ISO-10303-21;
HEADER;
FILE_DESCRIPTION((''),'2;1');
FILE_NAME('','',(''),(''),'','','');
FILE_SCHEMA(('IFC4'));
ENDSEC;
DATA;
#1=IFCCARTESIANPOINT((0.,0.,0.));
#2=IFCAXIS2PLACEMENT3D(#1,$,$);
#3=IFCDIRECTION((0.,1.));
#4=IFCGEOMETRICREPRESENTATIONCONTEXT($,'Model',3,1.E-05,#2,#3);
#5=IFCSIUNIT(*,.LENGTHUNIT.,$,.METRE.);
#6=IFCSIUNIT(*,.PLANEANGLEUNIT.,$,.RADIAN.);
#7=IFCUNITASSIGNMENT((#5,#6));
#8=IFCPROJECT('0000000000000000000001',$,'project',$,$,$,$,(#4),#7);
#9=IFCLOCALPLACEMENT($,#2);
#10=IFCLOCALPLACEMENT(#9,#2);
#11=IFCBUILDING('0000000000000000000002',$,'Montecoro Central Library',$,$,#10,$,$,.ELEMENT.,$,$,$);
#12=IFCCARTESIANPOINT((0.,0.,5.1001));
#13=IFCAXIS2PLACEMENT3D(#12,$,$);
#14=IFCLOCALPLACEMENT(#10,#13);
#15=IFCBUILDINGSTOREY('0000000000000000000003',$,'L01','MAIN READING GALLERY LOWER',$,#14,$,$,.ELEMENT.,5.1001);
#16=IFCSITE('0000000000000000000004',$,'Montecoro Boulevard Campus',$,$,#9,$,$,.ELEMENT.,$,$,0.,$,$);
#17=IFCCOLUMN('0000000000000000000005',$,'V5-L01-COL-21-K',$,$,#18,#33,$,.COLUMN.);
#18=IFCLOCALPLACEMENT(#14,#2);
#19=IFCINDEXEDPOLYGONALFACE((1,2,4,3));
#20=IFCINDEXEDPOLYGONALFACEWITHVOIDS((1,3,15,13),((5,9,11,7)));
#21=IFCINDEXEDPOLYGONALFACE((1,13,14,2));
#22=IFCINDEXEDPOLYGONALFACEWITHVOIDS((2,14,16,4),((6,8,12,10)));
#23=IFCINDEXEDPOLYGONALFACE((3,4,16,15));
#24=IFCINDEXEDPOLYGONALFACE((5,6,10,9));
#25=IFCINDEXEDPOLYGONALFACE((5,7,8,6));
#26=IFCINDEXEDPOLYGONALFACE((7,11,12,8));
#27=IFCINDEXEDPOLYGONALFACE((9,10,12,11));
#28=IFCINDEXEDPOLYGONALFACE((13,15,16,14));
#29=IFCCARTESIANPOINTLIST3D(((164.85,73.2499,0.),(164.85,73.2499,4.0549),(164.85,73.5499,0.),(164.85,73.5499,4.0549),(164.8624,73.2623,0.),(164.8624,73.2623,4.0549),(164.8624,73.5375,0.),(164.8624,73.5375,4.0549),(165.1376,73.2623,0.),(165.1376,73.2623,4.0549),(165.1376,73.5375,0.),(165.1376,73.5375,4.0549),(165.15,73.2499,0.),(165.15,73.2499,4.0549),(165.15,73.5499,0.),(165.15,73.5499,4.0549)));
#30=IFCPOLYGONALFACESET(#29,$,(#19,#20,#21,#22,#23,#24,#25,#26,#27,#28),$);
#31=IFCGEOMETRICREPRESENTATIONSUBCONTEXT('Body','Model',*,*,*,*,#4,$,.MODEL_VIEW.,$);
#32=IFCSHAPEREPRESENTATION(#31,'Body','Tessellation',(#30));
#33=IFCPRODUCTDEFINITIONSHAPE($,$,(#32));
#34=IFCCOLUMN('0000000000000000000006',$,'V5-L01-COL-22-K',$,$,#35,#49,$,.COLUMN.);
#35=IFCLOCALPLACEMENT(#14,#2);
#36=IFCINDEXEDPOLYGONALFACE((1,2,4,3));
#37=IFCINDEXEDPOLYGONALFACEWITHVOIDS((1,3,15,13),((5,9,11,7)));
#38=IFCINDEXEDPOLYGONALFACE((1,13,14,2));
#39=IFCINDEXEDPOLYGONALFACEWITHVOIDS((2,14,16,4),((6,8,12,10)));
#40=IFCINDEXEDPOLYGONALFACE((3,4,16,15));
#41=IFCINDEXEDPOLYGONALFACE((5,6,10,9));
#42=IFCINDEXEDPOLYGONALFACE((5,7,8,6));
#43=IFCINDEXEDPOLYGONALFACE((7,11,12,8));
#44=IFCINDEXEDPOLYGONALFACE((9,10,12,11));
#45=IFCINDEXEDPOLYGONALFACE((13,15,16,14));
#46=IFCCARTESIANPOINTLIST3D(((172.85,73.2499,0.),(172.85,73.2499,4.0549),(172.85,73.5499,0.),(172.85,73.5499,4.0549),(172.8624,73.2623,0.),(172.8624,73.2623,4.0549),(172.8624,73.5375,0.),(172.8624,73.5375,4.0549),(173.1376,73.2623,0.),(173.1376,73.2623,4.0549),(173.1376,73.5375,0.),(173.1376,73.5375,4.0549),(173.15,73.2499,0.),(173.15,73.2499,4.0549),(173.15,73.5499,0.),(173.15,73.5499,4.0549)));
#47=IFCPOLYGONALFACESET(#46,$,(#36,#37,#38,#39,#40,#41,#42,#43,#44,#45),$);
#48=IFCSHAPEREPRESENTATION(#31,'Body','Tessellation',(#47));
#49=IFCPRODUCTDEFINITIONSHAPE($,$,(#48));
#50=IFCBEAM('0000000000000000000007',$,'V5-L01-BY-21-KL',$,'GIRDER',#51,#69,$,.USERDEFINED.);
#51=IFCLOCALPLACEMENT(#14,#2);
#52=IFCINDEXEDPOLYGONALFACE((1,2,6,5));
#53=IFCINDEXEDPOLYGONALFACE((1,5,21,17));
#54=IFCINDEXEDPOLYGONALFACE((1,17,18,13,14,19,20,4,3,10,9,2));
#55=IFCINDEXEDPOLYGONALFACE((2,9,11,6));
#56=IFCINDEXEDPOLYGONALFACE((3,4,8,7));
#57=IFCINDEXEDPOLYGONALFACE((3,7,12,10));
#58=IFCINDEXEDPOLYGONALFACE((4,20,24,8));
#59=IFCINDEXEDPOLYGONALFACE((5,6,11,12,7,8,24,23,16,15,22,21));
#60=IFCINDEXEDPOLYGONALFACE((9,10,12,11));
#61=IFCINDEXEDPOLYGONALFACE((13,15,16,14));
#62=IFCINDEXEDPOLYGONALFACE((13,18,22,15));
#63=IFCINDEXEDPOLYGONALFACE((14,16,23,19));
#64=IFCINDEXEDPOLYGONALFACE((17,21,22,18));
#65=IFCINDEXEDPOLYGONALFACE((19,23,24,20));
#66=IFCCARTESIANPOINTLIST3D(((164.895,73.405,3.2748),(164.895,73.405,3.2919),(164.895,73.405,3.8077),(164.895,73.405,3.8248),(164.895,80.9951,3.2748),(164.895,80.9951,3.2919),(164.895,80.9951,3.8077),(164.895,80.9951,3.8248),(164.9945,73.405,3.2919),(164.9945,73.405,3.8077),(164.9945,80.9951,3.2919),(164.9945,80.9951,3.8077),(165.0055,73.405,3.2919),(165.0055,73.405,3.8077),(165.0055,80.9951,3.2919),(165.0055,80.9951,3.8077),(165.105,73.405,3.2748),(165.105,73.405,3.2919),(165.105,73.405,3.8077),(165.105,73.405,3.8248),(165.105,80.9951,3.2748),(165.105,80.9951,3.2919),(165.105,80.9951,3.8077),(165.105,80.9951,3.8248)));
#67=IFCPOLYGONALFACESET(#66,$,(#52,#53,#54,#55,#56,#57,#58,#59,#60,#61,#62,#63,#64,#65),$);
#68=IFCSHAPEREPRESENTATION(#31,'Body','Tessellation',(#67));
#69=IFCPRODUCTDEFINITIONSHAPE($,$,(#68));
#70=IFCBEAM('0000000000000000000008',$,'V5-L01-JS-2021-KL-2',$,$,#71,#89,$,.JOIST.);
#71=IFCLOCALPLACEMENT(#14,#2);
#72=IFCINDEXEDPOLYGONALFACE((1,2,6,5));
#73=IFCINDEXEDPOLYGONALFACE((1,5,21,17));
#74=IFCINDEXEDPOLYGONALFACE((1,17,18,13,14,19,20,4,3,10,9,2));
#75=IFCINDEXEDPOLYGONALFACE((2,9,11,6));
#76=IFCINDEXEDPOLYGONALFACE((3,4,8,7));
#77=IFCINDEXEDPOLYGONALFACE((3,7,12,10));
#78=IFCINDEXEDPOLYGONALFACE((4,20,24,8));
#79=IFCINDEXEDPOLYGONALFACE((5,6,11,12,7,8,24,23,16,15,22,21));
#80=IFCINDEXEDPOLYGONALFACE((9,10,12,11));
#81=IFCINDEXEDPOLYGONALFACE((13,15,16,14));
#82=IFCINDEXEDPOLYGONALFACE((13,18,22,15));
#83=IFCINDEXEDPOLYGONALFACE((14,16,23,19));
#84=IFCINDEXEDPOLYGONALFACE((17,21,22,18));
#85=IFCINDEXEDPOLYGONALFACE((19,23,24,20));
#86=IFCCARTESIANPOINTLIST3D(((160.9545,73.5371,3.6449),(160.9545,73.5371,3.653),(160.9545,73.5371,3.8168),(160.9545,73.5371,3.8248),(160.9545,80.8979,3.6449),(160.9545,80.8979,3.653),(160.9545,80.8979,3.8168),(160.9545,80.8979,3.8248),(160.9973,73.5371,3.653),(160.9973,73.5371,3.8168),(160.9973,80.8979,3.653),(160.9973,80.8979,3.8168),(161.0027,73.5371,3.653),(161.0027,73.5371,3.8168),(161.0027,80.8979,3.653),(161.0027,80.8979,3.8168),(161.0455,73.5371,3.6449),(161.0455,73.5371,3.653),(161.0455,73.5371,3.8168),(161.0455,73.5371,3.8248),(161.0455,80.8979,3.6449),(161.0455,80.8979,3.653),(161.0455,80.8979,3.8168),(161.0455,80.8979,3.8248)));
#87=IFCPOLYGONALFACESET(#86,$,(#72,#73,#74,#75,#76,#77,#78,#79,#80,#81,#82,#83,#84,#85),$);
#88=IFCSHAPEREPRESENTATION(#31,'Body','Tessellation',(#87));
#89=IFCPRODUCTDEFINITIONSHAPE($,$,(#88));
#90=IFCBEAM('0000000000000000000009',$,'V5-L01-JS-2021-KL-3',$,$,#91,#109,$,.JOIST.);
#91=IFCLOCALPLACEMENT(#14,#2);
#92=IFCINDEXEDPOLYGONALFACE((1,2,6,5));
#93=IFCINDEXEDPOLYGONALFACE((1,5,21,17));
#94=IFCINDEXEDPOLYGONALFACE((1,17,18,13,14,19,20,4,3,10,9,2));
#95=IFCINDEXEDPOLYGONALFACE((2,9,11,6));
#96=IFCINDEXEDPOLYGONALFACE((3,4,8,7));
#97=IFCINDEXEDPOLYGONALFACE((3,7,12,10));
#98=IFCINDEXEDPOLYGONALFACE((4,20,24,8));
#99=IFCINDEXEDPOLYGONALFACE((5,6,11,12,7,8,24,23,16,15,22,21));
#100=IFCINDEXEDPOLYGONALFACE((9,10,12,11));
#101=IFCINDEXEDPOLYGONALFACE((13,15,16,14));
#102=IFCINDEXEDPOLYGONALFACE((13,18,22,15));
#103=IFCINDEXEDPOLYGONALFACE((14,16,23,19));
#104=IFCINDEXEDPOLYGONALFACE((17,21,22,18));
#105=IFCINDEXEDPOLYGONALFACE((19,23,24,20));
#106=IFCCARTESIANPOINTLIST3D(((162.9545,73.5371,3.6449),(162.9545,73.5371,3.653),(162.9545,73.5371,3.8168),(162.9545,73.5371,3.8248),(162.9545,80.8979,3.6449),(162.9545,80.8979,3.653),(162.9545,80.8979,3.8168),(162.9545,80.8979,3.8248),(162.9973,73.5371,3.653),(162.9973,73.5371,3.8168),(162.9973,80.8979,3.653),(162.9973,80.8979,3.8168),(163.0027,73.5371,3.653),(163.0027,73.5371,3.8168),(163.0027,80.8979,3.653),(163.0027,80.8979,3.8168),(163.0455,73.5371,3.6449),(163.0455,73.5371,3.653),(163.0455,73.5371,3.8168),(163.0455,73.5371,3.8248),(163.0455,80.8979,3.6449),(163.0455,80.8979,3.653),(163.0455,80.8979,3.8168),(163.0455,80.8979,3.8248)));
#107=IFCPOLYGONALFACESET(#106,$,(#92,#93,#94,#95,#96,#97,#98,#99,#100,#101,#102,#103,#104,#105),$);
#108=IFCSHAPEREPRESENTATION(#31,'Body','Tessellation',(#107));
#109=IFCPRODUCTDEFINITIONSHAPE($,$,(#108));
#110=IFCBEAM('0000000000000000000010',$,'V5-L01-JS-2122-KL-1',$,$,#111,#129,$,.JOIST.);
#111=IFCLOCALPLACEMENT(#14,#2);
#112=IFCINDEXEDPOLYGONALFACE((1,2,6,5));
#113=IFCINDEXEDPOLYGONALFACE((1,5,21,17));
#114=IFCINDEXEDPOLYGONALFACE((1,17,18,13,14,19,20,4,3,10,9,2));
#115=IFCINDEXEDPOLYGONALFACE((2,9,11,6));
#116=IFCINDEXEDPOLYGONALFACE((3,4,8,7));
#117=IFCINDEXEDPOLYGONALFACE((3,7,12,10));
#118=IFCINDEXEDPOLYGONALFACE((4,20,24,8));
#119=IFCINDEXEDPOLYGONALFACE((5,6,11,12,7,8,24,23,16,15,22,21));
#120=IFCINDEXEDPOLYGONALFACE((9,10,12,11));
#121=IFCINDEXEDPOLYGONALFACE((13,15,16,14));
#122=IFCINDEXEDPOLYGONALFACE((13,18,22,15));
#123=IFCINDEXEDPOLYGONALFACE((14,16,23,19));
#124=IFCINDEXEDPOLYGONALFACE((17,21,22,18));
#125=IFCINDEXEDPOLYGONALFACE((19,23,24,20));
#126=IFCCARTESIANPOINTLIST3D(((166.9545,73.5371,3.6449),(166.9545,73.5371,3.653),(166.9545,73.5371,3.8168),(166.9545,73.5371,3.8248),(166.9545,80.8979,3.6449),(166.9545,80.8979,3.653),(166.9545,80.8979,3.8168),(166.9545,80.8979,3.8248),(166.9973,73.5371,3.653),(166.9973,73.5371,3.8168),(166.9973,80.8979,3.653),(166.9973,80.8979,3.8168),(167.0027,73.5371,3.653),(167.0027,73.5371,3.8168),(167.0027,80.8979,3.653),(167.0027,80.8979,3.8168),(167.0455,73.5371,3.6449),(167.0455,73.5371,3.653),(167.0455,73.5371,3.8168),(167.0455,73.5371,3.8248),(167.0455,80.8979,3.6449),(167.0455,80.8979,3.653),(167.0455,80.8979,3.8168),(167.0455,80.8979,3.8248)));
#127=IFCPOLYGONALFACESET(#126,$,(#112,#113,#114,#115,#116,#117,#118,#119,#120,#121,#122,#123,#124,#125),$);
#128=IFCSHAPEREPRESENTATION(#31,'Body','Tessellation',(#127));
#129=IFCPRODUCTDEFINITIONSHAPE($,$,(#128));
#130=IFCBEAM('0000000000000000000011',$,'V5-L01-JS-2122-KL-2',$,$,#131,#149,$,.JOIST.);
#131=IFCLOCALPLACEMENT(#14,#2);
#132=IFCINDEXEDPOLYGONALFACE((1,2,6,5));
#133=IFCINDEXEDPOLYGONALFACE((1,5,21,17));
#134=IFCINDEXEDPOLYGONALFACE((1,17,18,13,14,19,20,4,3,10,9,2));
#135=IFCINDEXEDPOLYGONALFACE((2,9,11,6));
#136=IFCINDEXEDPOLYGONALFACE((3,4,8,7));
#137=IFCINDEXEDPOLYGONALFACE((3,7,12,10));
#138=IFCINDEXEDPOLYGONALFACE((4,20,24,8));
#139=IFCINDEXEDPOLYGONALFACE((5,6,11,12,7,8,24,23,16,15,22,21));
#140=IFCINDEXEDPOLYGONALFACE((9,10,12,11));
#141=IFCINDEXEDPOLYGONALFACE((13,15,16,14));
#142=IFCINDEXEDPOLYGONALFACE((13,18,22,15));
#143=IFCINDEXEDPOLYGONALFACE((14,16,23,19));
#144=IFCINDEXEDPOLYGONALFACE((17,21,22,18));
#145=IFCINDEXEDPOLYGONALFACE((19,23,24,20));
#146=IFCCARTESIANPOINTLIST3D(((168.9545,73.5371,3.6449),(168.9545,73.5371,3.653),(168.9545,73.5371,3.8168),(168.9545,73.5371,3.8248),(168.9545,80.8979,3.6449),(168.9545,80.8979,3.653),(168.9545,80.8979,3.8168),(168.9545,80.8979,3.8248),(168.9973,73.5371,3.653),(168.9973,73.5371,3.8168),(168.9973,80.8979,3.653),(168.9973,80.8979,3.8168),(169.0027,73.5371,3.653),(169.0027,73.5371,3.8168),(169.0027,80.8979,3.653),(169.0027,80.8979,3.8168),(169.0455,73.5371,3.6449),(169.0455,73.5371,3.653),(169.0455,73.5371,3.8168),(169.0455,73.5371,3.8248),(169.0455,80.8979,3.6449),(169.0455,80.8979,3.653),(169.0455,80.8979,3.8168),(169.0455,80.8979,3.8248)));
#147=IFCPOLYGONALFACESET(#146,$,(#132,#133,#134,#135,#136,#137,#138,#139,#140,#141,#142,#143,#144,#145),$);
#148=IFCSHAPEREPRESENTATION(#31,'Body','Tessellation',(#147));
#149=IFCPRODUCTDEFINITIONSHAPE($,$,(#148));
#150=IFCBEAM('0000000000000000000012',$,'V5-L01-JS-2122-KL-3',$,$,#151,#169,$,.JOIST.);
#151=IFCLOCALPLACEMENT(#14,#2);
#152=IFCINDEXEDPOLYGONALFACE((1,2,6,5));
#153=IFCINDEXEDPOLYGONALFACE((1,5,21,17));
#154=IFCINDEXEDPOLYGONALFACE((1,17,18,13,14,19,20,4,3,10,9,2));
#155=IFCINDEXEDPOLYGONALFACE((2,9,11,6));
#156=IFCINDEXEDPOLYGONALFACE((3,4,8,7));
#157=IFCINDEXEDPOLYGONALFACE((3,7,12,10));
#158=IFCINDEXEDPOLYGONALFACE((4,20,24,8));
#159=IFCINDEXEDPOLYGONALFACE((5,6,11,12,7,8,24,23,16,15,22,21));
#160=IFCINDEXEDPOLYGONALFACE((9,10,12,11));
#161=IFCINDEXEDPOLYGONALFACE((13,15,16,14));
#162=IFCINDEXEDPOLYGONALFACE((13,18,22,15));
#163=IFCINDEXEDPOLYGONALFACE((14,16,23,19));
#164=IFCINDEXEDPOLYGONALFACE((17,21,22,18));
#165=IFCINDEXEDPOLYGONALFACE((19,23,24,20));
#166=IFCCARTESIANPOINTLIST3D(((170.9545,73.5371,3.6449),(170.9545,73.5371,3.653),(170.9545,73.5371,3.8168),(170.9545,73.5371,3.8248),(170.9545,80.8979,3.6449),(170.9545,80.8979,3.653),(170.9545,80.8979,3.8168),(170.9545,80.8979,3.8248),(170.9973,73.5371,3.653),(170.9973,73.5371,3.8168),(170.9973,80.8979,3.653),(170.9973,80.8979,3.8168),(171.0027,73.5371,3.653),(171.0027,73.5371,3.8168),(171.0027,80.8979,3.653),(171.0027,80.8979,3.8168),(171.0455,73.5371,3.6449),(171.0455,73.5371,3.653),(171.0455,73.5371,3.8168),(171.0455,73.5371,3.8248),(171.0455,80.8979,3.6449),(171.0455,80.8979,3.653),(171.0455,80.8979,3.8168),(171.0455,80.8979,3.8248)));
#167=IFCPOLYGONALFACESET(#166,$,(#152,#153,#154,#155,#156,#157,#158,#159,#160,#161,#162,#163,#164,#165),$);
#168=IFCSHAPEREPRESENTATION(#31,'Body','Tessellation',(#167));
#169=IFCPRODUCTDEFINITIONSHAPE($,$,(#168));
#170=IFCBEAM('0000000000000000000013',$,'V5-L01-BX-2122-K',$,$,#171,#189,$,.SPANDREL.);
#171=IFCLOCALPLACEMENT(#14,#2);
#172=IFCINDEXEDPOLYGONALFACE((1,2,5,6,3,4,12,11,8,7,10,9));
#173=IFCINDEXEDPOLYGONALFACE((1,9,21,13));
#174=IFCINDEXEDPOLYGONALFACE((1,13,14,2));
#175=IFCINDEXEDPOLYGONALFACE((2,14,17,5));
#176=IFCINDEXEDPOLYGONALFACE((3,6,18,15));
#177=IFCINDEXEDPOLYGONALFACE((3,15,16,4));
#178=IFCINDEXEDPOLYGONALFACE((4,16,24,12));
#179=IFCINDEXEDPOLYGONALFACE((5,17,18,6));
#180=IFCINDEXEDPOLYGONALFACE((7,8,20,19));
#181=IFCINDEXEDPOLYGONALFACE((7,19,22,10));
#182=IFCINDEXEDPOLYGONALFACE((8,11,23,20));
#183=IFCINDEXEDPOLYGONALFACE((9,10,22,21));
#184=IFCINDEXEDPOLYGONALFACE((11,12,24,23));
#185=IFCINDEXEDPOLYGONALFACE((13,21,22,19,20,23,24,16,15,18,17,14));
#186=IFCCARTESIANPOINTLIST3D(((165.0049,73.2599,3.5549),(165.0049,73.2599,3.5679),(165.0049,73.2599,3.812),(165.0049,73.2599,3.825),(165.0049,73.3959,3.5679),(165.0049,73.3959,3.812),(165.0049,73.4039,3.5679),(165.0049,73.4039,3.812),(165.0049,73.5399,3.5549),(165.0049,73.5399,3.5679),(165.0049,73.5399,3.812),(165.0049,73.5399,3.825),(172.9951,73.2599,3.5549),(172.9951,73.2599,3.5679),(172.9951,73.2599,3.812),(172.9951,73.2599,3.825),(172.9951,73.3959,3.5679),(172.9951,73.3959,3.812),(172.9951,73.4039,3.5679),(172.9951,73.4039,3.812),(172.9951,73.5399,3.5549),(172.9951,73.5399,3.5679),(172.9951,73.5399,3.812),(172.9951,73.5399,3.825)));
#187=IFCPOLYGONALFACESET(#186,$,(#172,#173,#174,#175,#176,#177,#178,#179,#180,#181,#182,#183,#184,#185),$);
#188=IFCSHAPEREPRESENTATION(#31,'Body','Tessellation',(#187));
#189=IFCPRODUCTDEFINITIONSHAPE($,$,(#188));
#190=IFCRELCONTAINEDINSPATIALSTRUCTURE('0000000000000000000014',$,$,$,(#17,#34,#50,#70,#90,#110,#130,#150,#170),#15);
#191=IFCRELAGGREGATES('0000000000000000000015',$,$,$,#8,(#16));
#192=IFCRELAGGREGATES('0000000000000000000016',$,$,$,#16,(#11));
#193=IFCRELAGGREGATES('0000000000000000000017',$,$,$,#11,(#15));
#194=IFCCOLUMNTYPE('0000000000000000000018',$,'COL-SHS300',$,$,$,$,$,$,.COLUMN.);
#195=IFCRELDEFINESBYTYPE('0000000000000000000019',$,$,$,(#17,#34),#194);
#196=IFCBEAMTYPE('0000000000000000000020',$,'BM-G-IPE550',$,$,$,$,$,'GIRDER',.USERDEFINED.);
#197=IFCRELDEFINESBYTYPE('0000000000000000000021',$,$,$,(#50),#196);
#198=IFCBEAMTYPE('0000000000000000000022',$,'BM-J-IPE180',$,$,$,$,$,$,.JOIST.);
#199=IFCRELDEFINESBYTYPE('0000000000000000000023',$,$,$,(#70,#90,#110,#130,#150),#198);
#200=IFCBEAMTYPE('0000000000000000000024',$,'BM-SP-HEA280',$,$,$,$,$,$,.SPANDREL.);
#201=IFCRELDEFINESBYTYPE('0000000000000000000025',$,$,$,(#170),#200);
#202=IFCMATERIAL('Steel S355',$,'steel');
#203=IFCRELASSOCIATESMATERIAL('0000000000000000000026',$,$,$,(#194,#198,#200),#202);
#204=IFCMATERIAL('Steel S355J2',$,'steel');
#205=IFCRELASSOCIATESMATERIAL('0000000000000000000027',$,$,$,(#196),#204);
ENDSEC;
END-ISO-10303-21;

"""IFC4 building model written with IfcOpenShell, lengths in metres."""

from ifc_helpers import new_model, si_unit, direction, frame, origin, origin_2d, place, context, subcontext, project, spatial, hollow_rectangle, i_section, extrude, material, material_profile, profile_set, type_object, element, save


model = new_model("IFC4")

# Units and contexts
model_context = context("Model", 3, precision=1e-05, world=origin(), true_north=direction((0.0, 1.0)))
body_context = subcontext(model_context, "Body", "Model", "MODEL_VIEW")
ifc_project = project(units=[si_unit("LENGTHUNIT", "METRE"), si_unit("PLANEANGLEUNIT", "RADIAN")], contexts=[model_context])

# Site, building, storey
site_placement = place(None, origin())
site = spatial("IfcSite", under=ifc_project, at=site_placement, Name="Montecoro Boulevard Campus", CompositionType="ELEMENT", RefElevation=0.0)
building_placement = place(site_placement, origin())
building = spatial("IfcBuilding", under=site, at=building_placement, Name="Montecoro Central Library", CompositionType="ELEMENT")
storey_placement = place(building_placement, frame((0.0, 0.0, 5.1001)))
storey = spatial("IfcBuildingStorey", under=building, at=storey_placement, Name="L01", Description="MAIN READING GALLERY LOWER", CompositionType="ELEMENT", Elevation=5.1001)

# Columns
ifc_material_1 = material(Name="Steel S355", Category="steel")
ifc_material_profile_1 = material_profile(ifc_material_1, hollow_rectangle(XDim=0.3, YDim=0.3, WallThickness=0.0125, at=origin_2d()), Name="SHS 300x300x12.5")
ifc_profile_set_1 = profile_set([ifc_material_profile_1], Name="Steel S355")
column_type = type_object("IfcColumnType", Name="COL-SHS300", PredefinedType="COLUMN", material=ifc_profile_set_1)
for number, where, z_axis, x_axis, name in (
    (1, (165.0, 73.3999, 0.0), (0.0, 0.0, 1.0), (1.0, 0.0, 0.0), "V5-L01-COL-21-K"),
    (2, (173.0, 73.3999, 0.0), (0.0, 0.0, 1.0), (1.0, 0.0, 0.0), "V5-L01-COL-22-K"),
):
    element("IfcColumn", number, at=place(storey_placement, frame(where, z_axis=z_axis, x_axis=x_axis)), inside=storey, type_object=column_type, Name=name, PredefinedType="COLUMN", context=body_context, shape_type="SweptSolid", body=[
        extrude(hollow_rectangle(XDim=0.3, YDim=0.3, WallThickness=0.0125, at=origin_2d()), origin(), (0.0, 0.0, 1.0), 4.0549),
    ])

# Beams
ifc_material_2 = material(Name="Steel S355J2", Category="steel")
ifc_material_profile_2 = material_profile(ifc_material_2, i_section(OverallWidth=0.21, OverallDepth=0.55, WebThickness=0.011, FlangeThickness=0.0171, at=origin_2d()), Name="IPE 550")
ifc_profile_set_2 = profile_set([ifc_material_profile_2], Name="Steel S355J2")
beam_type_1 = type_object("IfcBeamType", Name="BM-G-IPE550", ElementType="GIRDER", PredefinedType="USERDEFINED", material=ifc_profile_set_2)
beam_1_placement = place(storey_placement, frame((165.0, 73.405, 3.5498), z_axis=(0.0, 1.0, 0.0), x_axis=(-1.0, 0.0, 0.0)))
element("IfcBeam", 3, at=beam_1_placement, inside=storey, type_object=beam_type_1, Name="V5-L01-BY-21-KL", ObjectType="GIRDER", PredefinedType="USERDEFINED", context=body_context, shape_type="SweptSolid", body=[
    extrude(i_section(OverallWidth=0.21, OverallDepth=0.55, WebThickness=0.011, FlangeThickness=0.0171, at=origin_2d()), origin(), (0.0, 0.0, 1.0), 7.5901),
])
ifc_material_profile_3 = material_profile(ifc_material_1, i_section(OverallWidth=0.0911, OverallDepth=0.1799, WebThickness=0.0054, FlangeThickness=0.0081, at=origin_2d()), Name="IPE 180")
ifc_profile_set_3 = profile_set([ifc_material_profile_3], Name="Steel S355")
beam_type_2 = type_object("IfcBeamType", Name="BM-J-IPE180", PredefinedType="JOIST", material=ifc_profile_set_3)
for number, where, z_axis, x_axis, name in (
    (4, (161.0, 73.5371, 3.7349), (0.0, 1.0, 0.0), (-1.0, 0.0, 0.0), "V5-L01-JS-2021-KL-2"),
    (5, (163.0, 73.5371, 3.7349), (0.0, 1.0, 0.0), (-1.0, 0.0, 0.0), "V5-L01-JS-2021-KL-3"),
    (6, (167.0, 73.5371, 3.7349), (0.0, 1.0, 0.0), (-1.0, 0.0, 0.0), "V5-L01-JS-2122-KL-1"),
    (7, (169.0, 73.5371, 3.7349), (0.0, 1.0, 0.0), (-1.0, 0.0, 0.0), "V5-L01-JS-2122-KL-2"),
    (8, (171.0, 73.5371, 3.7349), (0.0, 1.0, 0.0), (-1.0, 0.0, 0.0), "V5-L01-JS-2122-KL-3"),
):
    element("IfcBeam", number, at=place(storey_placement, frame(where, z_axis=z_axis, x_axis=x_axis)), inside=storey, type_object=beam_type_2, Name=name, PredefinedType="JOIST", context=body_context, shape_type="SweptSolid", body=[
        extrude(i_section(OverallWidth=0.0911, OverallDepth=0.1799, WebThickness=0.0054, FlangeThickness=0.0081, at=origin_2d()), origin(), (0.0, 0.0, 1.0), 7.3608),
    ])
ifc_material_profile_4 = material_profile(ifc_material_1, i_section(OverallWidth=0.28, OverallDepth=0.27, WebThickness=0.0081, FlangeThickness=0.0129, at=origin_2d()), Name="HEA 280")
ifc_profile_set_4 = profile_set([ifc_material_profile_4], Name="Steel S355")
beam_type_3 = type_object("IfcBeamType", Name="BM-SP-HEA280", PredefinedType="SPANDREL", material=ifc_profile_set_4)
beam_2_placement = place(storey_placement, frame((165.0049, 73.3999, 3.6899), z_axis=(1.0, 0.0, 0.0), x_axis=(0.0, 1.0, 0.0)))
element("IfcBeam", 9, at=beam_2_placement, inside=storey, type_object=beam_type_3, Name="V5-L01-BX-2122-K", PredefinedType="SPANDREL", context=body_context, shape_type="SweptSolid", body=[
    extrude(i_section(OverallWidth=0.28, OverallDepth=0.27, WebThickness=0.0081, FlangeThickness=0.0129, at=origin_2d()), origin(), (0.0, 0.0, 1.0), 7.9902),
])

save(model, "model.ifc")
